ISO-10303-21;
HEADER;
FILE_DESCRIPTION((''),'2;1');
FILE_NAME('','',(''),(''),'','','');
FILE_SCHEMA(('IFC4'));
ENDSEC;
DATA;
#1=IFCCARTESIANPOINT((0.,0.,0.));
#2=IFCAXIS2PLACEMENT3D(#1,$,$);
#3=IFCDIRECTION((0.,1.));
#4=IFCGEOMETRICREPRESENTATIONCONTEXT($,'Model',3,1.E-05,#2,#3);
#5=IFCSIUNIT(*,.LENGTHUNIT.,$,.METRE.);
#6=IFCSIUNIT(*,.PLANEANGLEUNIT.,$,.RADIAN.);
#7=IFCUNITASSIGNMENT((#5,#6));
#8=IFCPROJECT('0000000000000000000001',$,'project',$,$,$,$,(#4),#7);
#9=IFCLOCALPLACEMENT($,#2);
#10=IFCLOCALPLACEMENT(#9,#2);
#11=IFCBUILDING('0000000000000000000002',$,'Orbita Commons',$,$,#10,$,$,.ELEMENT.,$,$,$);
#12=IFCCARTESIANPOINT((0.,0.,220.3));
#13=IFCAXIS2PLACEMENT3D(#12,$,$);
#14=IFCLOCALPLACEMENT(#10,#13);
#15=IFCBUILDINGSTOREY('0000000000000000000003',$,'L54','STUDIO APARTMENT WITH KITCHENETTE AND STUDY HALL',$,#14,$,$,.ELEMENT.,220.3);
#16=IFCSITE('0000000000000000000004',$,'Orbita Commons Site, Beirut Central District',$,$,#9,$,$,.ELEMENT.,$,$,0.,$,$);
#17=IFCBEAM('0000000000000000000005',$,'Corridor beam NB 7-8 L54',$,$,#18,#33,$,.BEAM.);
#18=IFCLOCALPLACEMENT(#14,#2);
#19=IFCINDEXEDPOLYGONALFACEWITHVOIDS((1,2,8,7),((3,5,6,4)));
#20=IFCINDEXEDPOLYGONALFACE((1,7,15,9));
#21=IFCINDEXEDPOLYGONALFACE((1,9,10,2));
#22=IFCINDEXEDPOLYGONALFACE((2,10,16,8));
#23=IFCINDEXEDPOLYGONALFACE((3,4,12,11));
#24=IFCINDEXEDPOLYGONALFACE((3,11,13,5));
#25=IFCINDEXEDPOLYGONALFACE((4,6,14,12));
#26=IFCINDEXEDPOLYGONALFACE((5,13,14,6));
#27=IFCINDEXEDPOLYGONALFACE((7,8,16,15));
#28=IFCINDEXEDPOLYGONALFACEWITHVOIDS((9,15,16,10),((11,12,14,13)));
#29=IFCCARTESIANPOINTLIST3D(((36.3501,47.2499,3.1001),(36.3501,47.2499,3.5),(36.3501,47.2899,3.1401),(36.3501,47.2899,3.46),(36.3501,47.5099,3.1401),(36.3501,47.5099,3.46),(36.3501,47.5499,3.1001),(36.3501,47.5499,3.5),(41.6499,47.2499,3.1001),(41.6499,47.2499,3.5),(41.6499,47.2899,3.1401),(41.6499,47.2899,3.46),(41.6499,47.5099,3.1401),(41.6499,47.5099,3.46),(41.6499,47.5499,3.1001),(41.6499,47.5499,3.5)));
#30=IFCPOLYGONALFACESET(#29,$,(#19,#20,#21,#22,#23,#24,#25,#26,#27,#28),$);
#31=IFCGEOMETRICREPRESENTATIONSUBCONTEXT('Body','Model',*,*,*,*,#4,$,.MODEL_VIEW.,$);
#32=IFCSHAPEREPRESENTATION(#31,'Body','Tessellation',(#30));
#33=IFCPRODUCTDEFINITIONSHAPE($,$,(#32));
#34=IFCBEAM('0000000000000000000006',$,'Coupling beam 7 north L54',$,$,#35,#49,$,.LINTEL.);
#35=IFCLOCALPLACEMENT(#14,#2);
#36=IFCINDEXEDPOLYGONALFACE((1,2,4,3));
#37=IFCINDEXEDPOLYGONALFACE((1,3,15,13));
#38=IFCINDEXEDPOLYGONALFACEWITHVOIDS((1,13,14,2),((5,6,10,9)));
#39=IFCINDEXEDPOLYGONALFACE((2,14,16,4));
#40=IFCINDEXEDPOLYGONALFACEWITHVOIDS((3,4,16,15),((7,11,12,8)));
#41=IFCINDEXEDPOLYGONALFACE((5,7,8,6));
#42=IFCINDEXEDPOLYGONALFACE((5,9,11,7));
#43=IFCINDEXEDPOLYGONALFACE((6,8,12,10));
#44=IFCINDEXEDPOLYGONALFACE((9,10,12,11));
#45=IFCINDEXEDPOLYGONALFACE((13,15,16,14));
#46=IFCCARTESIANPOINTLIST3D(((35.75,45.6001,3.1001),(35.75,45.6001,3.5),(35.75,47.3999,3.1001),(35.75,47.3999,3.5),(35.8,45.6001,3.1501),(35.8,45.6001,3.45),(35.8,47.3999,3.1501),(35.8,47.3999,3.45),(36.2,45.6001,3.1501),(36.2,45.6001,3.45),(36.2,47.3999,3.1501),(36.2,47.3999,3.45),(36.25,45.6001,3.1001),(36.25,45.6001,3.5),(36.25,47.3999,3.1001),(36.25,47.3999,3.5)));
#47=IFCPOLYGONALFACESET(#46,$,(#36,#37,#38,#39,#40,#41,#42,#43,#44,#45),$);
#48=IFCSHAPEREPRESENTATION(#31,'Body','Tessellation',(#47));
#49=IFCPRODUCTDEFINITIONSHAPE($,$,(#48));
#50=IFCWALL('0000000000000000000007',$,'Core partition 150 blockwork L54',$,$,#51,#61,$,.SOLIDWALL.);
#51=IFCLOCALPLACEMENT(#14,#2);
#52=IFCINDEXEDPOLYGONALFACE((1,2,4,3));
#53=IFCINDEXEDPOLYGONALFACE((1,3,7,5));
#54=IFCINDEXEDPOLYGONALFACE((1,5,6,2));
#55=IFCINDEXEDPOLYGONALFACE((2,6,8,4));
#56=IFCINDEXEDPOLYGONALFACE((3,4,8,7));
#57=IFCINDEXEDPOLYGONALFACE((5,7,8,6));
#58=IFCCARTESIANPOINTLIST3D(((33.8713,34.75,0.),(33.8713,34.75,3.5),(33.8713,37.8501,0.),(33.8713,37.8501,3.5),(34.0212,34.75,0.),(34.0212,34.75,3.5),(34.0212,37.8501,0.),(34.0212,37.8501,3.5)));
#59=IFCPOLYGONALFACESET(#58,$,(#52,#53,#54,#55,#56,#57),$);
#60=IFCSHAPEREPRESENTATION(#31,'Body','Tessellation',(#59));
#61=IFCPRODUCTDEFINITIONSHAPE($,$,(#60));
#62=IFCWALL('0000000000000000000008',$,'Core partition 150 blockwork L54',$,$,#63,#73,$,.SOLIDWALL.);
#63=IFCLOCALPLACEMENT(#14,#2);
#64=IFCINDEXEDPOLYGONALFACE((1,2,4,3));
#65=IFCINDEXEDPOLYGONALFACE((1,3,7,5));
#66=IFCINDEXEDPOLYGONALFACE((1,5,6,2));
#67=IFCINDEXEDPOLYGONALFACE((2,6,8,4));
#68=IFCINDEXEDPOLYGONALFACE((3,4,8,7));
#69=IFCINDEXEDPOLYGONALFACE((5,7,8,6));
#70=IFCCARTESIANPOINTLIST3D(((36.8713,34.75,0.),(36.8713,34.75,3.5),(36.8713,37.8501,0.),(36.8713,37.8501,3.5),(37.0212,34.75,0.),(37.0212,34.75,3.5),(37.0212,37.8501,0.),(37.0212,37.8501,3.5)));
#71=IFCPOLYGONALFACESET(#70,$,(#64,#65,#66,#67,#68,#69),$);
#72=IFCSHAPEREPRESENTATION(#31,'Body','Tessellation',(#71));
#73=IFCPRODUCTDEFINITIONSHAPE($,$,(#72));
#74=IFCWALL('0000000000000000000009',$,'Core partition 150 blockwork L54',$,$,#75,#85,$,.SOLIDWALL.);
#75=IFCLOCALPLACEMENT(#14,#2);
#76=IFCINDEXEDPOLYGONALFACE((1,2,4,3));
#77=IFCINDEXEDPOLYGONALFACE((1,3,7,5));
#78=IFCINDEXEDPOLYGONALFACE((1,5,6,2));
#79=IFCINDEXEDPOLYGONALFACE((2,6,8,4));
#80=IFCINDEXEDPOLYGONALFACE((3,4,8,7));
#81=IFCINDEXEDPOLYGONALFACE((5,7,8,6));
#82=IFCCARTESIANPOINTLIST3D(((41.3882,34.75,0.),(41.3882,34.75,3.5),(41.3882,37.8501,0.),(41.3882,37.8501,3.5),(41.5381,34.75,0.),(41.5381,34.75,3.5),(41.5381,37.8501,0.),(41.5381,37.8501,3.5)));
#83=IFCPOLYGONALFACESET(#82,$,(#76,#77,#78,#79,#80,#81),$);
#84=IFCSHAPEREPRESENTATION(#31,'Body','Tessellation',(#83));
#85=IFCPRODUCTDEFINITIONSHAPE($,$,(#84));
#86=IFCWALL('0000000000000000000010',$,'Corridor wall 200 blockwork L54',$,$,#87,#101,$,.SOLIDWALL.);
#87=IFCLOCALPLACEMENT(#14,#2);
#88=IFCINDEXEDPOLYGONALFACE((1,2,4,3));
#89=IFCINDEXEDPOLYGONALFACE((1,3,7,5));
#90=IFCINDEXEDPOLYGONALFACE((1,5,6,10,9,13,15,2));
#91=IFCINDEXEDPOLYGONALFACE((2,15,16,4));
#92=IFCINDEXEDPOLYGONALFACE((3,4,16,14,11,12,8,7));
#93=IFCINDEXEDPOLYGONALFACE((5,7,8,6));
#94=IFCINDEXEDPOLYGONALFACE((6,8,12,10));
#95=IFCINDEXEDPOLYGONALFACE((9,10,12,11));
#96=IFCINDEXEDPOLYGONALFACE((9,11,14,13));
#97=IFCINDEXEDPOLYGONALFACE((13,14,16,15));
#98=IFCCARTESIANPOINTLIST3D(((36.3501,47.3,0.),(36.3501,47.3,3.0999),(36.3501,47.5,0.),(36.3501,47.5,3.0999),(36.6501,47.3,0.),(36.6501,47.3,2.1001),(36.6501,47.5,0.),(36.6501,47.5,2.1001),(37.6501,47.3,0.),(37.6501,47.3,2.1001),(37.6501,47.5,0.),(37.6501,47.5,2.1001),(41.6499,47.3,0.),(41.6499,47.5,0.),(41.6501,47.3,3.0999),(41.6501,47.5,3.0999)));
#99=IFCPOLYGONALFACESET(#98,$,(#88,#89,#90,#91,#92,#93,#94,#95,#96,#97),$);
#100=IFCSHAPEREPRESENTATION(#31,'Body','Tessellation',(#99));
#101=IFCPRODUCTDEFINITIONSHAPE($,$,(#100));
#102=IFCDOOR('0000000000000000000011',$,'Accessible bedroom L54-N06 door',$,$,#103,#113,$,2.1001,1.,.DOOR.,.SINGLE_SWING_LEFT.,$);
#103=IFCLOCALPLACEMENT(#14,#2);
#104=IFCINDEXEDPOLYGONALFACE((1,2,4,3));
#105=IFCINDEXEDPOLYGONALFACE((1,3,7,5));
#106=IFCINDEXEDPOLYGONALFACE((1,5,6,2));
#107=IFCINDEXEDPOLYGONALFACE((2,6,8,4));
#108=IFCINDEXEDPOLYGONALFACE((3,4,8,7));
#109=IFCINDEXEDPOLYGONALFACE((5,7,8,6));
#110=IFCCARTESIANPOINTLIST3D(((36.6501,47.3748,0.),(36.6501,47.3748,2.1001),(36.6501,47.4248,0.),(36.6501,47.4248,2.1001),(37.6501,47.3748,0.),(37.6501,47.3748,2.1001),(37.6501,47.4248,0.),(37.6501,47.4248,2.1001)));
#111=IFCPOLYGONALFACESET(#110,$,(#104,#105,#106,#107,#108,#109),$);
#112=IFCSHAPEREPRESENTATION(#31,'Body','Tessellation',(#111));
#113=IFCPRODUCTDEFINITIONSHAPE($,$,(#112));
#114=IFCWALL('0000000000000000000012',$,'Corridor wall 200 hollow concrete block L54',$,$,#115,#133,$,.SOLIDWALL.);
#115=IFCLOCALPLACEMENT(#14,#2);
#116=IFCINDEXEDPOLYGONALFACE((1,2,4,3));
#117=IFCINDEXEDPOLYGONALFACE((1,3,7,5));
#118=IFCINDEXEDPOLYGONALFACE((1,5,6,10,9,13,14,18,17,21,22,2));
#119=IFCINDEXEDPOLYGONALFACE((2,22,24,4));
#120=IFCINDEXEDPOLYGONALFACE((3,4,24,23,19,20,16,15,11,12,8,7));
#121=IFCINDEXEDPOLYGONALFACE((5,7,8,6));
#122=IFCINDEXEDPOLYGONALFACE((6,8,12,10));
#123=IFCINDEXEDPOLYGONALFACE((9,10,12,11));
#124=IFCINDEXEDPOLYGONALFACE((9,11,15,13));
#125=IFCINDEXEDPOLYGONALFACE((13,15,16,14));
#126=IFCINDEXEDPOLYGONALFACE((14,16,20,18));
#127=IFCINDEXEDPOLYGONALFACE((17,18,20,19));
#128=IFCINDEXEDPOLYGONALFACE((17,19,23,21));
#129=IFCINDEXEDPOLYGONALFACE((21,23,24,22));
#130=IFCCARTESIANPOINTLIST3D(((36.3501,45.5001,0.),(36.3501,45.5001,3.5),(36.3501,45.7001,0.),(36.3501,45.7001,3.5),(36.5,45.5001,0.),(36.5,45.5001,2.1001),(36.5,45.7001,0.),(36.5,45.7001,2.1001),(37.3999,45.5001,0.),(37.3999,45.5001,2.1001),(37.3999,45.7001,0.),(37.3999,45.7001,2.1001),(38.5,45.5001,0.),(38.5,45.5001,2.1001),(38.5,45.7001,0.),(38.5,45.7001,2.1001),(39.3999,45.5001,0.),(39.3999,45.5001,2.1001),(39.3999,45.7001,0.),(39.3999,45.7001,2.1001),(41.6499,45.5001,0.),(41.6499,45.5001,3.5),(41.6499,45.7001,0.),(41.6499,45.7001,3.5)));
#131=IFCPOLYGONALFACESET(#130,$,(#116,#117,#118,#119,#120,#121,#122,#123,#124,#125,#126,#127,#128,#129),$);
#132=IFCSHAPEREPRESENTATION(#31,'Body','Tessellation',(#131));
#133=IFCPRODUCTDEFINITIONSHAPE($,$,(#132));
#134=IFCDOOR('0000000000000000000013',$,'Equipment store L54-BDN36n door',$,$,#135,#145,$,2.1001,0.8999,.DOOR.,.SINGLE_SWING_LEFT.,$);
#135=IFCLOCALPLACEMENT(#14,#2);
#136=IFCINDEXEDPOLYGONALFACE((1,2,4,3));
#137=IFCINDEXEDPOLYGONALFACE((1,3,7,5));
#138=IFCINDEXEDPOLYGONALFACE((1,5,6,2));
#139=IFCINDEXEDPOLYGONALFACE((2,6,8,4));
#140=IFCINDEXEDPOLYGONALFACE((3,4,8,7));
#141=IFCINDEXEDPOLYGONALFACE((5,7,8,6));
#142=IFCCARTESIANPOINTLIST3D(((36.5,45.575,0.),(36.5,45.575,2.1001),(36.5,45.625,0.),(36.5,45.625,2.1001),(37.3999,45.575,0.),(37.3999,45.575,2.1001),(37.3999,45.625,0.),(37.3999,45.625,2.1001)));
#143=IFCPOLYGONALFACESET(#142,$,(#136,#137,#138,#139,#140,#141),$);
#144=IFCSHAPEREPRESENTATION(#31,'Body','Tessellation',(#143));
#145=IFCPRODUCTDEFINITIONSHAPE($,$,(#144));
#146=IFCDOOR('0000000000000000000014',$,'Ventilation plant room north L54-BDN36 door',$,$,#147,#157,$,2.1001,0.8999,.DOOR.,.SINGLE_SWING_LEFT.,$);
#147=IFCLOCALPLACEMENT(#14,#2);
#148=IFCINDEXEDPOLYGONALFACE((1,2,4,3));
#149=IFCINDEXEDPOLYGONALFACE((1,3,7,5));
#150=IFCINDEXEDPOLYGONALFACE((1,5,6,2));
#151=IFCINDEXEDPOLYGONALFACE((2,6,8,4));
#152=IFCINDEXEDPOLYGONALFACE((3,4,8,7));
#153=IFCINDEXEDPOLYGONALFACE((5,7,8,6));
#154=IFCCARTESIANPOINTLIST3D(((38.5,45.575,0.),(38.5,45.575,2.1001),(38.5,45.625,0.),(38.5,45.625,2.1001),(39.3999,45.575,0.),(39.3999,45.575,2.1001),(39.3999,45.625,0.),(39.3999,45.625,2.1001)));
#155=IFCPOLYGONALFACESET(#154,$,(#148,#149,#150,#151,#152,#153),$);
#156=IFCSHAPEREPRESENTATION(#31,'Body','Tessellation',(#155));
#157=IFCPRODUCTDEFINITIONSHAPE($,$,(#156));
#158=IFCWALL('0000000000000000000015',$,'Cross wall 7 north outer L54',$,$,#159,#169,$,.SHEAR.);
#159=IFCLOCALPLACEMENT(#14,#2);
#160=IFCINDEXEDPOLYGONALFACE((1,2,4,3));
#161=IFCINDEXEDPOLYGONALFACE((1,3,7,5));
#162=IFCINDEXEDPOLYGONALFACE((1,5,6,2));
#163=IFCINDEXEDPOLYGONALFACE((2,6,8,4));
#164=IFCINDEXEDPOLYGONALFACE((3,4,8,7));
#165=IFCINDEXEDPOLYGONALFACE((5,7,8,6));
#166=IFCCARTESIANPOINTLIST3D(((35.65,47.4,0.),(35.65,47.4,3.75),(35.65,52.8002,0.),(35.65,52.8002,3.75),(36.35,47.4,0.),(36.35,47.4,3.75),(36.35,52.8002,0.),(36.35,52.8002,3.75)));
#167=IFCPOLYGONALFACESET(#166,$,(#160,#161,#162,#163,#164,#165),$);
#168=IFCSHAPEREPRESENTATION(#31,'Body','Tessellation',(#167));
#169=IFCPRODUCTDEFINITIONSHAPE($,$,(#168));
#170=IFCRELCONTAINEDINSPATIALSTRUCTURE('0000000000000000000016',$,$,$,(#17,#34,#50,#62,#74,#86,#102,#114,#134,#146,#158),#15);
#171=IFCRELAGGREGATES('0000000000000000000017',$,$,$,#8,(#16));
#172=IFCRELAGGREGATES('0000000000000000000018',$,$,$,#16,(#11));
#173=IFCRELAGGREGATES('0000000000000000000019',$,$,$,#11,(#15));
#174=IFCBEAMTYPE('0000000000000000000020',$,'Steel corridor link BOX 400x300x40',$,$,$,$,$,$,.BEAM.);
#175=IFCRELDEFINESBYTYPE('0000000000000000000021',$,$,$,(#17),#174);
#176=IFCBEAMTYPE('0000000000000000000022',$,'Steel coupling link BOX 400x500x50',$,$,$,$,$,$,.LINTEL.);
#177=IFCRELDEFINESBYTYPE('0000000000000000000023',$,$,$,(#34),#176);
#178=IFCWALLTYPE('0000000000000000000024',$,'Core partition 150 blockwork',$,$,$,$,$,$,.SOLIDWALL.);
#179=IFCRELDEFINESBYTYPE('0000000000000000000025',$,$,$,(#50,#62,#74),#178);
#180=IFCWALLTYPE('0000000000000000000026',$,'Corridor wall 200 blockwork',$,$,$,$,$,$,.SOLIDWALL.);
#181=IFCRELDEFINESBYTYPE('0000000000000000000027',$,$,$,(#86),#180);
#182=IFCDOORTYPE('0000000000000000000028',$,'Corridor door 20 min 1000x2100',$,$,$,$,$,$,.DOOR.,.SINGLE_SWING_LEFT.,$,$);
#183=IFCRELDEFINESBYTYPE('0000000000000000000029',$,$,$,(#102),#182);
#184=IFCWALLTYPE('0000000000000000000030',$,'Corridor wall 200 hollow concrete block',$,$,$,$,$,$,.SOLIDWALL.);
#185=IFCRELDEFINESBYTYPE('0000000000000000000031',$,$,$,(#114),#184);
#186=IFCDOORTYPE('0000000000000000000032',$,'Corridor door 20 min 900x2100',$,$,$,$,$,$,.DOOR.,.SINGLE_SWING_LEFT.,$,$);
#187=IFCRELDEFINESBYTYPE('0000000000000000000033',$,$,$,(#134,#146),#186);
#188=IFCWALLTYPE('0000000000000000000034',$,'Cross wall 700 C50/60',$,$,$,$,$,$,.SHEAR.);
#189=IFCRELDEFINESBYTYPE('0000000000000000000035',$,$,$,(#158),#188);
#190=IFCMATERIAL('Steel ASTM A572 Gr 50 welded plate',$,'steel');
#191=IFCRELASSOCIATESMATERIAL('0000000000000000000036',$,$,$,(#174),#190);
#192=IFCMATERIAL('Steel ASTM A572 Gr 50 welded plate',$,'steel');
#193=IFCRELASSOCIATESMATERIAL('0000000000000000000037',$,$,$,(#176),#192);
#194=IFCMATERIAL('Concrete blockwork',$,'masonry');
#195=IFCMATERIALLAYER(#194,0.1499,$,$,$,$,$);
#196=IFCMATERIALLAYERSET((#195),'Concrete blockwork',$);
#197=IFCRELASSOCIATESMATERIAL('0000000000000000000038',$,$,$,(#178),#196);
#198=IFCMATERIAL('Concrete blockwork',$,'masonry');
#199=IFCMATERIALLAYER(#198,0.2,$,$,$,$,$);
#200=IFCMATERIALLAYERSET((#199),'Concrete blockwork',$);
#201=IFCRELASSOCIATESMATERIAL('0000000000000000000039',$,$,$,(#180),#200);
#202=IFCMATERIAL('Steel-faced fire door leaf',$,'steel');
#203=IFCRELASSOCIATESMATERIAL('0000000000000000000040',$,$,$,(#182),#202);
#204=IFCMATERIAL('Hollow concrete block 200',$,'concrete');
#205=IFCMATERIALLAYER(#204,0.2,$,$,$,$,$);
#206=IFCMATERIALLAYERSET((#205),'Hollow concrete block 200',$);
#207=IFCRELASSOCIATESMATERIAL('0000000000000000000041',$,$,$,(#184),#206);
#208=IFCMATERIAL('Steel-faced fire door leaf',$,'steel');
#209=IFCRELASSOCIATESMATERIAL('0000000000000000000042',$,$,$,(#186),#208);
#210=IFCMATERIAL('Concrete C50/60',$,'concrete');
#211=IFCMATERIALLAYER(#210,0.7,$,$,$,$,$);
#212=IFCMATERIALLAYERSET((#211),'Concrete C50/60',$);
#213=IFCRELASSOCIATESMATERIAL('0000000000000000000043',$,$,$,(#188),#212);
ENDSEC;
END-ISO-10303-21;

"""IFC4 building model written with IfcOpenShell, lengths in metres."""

from ifc_helpers import new_model, si_unit, direction, frame, frame_2d, origin, origin_2d, place, context, subcontext, project, spatial, polyline, rectangle, hollow_rectangle, outline, extrude, material, layer, layer_set, material_profile, profile_set, type_object, element, fill, save


model = new_model("IFC4")

# Units and contexts
model_context = context("Model", 3, precision=1e-05, world=origin(), true_north=direction((0.0, 1.0)))
body_context = subcontext(model_context, "Body", "Model", "MODEL_VIEW")
ifc_project = project(units=[si_unit("LENGTHUNIT", "METRE"), si_unit("PLANEANGLEUNIT", "RADIAN")], contexts=[model_context])

# Site, building, storey
site_placement = place(None, origin())
site = spatial("IfcSite", under=ifc_project, at=site_placement, Name="Orbita Commons Site, Beirut Central District", CompositionType="ELEMENT", RefElevation=0.0)
building_placement = place(site_placement, origin())
building = spatial("IfcBuilding", under=site, at=building_placement, Name="Orbita Commons", CompositionType="ELEMENT")
storey_placement = place(building_placement, frame((0.0, 0.0, 220.3)))
storey = spatial("IfcBuildingStorey", under=building, at=storey_placement, Name="L54", Description="STUDIO APARTMENT WITH KITCHENETTE AND STUDY HALL", CompositionType="ELEMENT", Elevation=220.3)

# Beams
ifc_material_1 = material(Name="Steel ASTM A572 Gr 50 welded plate", Category="steel")
ifc_material_profile_1 = material_profile(ifc_material_1, hollow_rectangle(XDim=0.3, YDim=0.3999, WallThickness=0.04, at=origin_2d()), Name="BOX 400x300x40")
ifc_profile_set_1 = profile_set([ifc_material_profile_1], Name="Steel ASTM A572 Gr 50 welded plate")
beam_type_1 = type_object("IfcBeamType", Name="Steel corridor link BOX 400x300x40", PredefinedType="BEAM", material=ifc_profile_set_1)
beam_1_placement = place(storey_placement, frame((36.3501, 47.3999, 3.3), z_axis=(1.0, 0.0, 0.0), x_axis=(0.0, 1.0, 0.0)))
element("IfcBeam", 1, at=beam_1_placement, inside=storey, type_object=beam_type_1, Name="Corridor beam NB 7-8 L54", PredefinedType="BEAM", context=body_context, shape_type="SweptSolid", body=[
    extrude(hollow_rectangle(XDim=0.3, YDim=0.3999, WallThickness=0.04, at=origin_2d()), origin(), (0.0, 0.0, 1.0), 5.2998),
])
ifc_material_2 = material(Name="Steel ASTM A572 Gr 50 welded plate", Category="steel")
ifc_material_profile_2 = material_profile(ifc_material_2, hollow_rectangle(XDim=0.5, YDim=0.3999, WallThickness=0.05, at=origin_2d()), Name="BOX 400x500x50")
ifc_profile_set_2 = profile_set([ifc_material_profile_2], Name="Steel ASTM A572 Gr 50 welded plate")
beam_type_2 = type_object("IfcBeamType", Name="Steel coupling link BOX 400x500x50", PredefinedType="LINTEL", material=ifc_profile_set_2)
beam_2_placement = place(storey_placement, frame((36.0, 45.6001, 3.3), z_axis=(0.0, 1.0, 0.0), x_axis=(-1.0, 0.0, 0.0)))
element("IfcBeam", 2, at=beam_2_placement, inside=storey, type_object=beam_type_2, Name="Coupling beam 7 north L54", PredefinedType="LINTEL", context=body_context, shape_type="SweptSolid", body=[
    extrude(hollow_rectangle(XDim=0.5, YDim=0.3999, WallThickness=0.05, at=origin_2d()), origin(), (0.0, 0.0, 1.0), 1.7998),
])

# Walls
ifc_material_3 = material(Name="Concrete blockwork", Category="masonry")
ifc_layer_1 = layer(ifc_material_3, 0.1499)
ifc_layer_set_1 = layer_set([ifc_layer_1], Name="Concrete blockwork")
wall_type_1 = type_object("IfcWallType", Name="Core partition 150 blockwork", PredefinedType="SOLIDWALL", material=ifc_layer_set_1)
for number, where, z_axis, x_axis, name in (
    (3, (33.9463, 34.75, 0.0), (0.0, 0.0, 1.0), (0.0, 1.0, 0.0), "Core partition 150 blockwork L54"),
    (4, (36.9463, 34.75, 0.0), (0.0, 0.0, 1.0), (0.0, 1.0, 0.0), "Core partition 150 blockwork L54"),
    (5, (41.4631, 34.75, 0.0), (0.0, 0.0, 1.0), (0.0, 1.0, 0.0), "Core partition 150 blockwork L54"),
):
    element("IfcWall", number, at=place(storey_placement, frame(where, z_axis=z_axis, x_axis=x_axis)), inside=storey, type_object=wall_type_1, Name=name, PredefinedType="SOLIDWALL", context=body_context, shape_type="SweptSolid", body=[
        extrude(rectangle(XDim=3.1001, YDim=0.1499, at=frame_2d((1.55, 0.0))), origin(), (0.0, 0.0, 1.0), 3.5),
    ])

# Wall, opening, door
ifc_material_4 = material(Name="Concrete blockwork", Category="masonry")
ifc_layer_2 = layer(ifc_material_4, 0.2)
ifc_layer_set_2 = layer_set([ifc_layer_2], Name="Concrete blockwork")
wall_type_2 = type_object("IfcWallType", Name="Corridor wall 200 blockwork", PredefinedType="SOLIDWALL", material=ifc_layer_set_2)
wall_1_placement = place(storey_placement, frame((36.3501, 47.3999, 0.0), z_axis=(0.0, 0.0, 1.0), x_axis=(1.0, 0.0, 0.0)))
wall_1 = element("IfcWall", 6, at=wall_1_placement, inside=storey, type_object=wall_type_2, Name="Corridor wall 200 blockwork L54", PredefinedType="SOLIDWALL", context=body_context, shape_type="SweptSolid", body=[
    extrude(outline(polyline([(0.0, 0.0), (5.2998, 0.0), (5.3, 3.0999), (0.0, 3.0999), (0.0, 0.0)])), frame((0.0, 0.1001, 0.0), z_axis=(0.0, -1.0, 0.0), x_axis=(1.0, 0.0, 0.0)), (0.0, 0.0, 1.0), 0.2),
])
opening_1_placement = place(wall_1_placement, frame((0.3, 0.0, 0.0)))
opening_1 = element("IfcOpeningElement", 7, at=opening_1_placement, cuts=wall_1, PredefinedType="OPENING", context=body_context, shape_type="SweptSolid", body=[
    extrude(rectangle(XDim=1.0, YDim=2.1001, at=frame_2d((0.5, 1.05))), frame((0.0, 0.1099, 0.0), z_axis=(0.0, -1.0, 0.0), x_axis=(1.0, 0.0, 0.0)), (0.0, 0.0, 1.0), 0.22),
])
ifc_material_5 = material(Name="Steel-faced fire door leaf", Category="steel")
door_type_1 = type_object("IfcDoorType", Name="Corridor door 20 min 1000x2100", OperationType="SINGLE_SWING_LEFT", PredefinedType="DOOR", material=ifc_material_5)
door_1_placement = place(opening_1_placement, origin())
door_1 = element("IfcDoor", 8, at=door_1_placement, inside=storey, type_object=door_type_1, Name="Accessible bedroom L54-N06 door", OperationType="SINGLE_SWING_LEFT", OverallHeight=2.1001, OverallWidth=1.0, PredefinedType="DOOR", context=body_context, shape_type="SweptSolid", body=[
    extrude(rectangle(XDim=1.0, YDim=2.1001, at=frame_2d((0.5, 1.05))), frame((0.0, 0.0249, 0.0), z_axis=(0.0, -1.0, 0.0), x_axis=(1.0, 0.0, 0.0)), (0.0, 0.0, 1.0), 0.05),
])
fill(opening_1, door_1)

# Wall, openings, doors
ifc_material_6 = material(Name="Hollow concrete block 200", Category="concrete")
ifc_layer_3 = layer(ifc_material_6, 0.2)
ifc_layer_set_3 = layer_set([ifc_layer_3], Name="Hollow concrete block 200")
wall_type_3 = type_object("IfcWallType", Name="Corridor wall 200 hollow concrete block", PredefinedType="SOLIDWALL", material=ifc_layer_set_3)
wall_2_placement = place(storey_placement, frame((36.3501, 45.6001, 0.0), z_axis=(0.0, 0.0, 1.0), x_axis=(1.0, 0.0, 0.0)))
wall_2 = element("IfcWall", 9, at=wall_2_placement, inside=storey, type_object=wall_type_3, Name="Corridor wall 200 hollow concrete block L54", PredefinedType="SOLIDWALL", context=body_context, shape_type="SweptSolid", body=[
    extrude(rectangle(XDim=5.2998, YDim=0.2, at=frame_2d((2.6499, 0.0))), origin(), (0.0, 0.0, 1.0), 3.5),
])
opening_2_placement = place(wall_2_placement, frame((0.1499, 0.0, 0.0)))
opening_2 = element("IfcOpeningElement", 10, at=opening_2_placement, cuts=wall_2, PredefinedType="OPENING", context=body_context, shape_type="SweptSolid", body=[
    extrude(rectangle(XDim=0.8999, YDim=2.1001, at=frame_2d((0.45, 1.05))), frame((0.0, 0.1099, 0.0), z_axis=(0.0, -1.0, 0.0), x_axis=(1.0, 0.0, 0.0)), (0.0, 0.0, 1.0), 0.22),
])
opening_3_placement = place(wall_2_placement, frame((2.1499, 0.0, 0.0)))
opening_3 = element("IfcOpeningElement", 11, at=opening_3_placement, cuts=wall_2, PredefinedType="OPENING", context=body_context, shape_type="SweptSolid", body=[
    extrude(rectangle(XDim=0.8999, YDim=2.1001, at=frame_2d((0.45, 1.05))), frame((0.0, 0.1099, 0.0), z_axis=(0.0, -1.0, 0.0), x_axis=(1.0, 0.0, 0.0)), (0.0, 0.0, 1.0), 0.22),
])
ifc_material_7 = material(Name="Steel-faced fire door leaf", Category="steel")
door_type_2 = type_object("IfcDoorType", Name="Corridor door 20 min 900x2100", OperationType="SINGLE_SWING_LEFT", PredefinedType="DOOR", material=ifc_material_7)
door_2_placement = place(opening_2_placement, origin())
door_2 = element("IfcDoor", 12, at=door_2_placement, inside=storey, type_object=door_type_2, Name="Equipment store L54-BDN36n door", OperationType="SINGLE_SWING_LEFT", OverallHeight=2.1001, OverallWidth=0.8999, PredefinedType="DOOR", context=body_context, shape_type="SweptSolid", body=[
    extrude(rectangle(XDim=0.8999, YDim=2.1001, at=frame_2d((0.45, 1.05))), frame((0.0, 0.0249, 0.0), z_axis=(0.0, -1.0, 0.0), x_axis=(1.0, 0.0, 0.0)), (0.0, 0.0, 1.0), 0.05),
])
fill(opening_2, door_2)
door_3_placement = place(opening_3_placement, origin())
door_3 = element("IfcDoor", 13, at=door_3_placement, inside=storey, type_object=door_type_2, Name="Ventilation plant room north L54-BDN36 door", OperationType="SINGLE_SWING_LEFT", OverallHeight=2.1001, OverallWidth=0.8999, PredefinedType="DOOR", context=body_context, shape_type="SweptSolid", body=[
    extrude(rectangle(XDim=0.8999, YDim=2.1001, at=frame_2d((0.45, 1.05))), frame((0.0, 0.0249, 0.0), z_axis=(0.0, -1.0, 0.0), x_axis=(1.0, 0.0, 0.0)), (0.0, 0.0, 1.0), 0.05),
])
fill(opening_3, door_3)

# Wall
ifc_material_8 = material(Name="Concrete C50/60", Category="concrete")
ifc_layer_4 = layer(ifc_material_8, 0.7)
ifc_layer_set_4 = layer_set([ifc_layer_4], Name="Concrete C50/60")
wall_type_4 = type_object("IfcWallType", Name="Cross wall 700 C50/60", PredefinedType="SHEAR", material=ifc_layer_set_4)
wall_3_placement = place(storey_placement, frame((36.0, 47.3999, 0.0), z_axis=(0.0, 0.0, 1.0), x_axis=(0.0, 1.0, 0.0)))
element("IfcWall", 14, at=wall_3_placement, inside=storey, type_object=wall_type_4, Name="Cross wall 7 north outer L54", PredefinedType="SHEAR", context=body_context, shape_type="SweptSolid", body=[
    extrude(rectangle(XDim=5.4001, YDim=0.7, at=frame_2d((2.7002, 0.0))), origin(), (0.0, 0.0, 1.0), 3.75),
])

save(model, "model.ifc")
